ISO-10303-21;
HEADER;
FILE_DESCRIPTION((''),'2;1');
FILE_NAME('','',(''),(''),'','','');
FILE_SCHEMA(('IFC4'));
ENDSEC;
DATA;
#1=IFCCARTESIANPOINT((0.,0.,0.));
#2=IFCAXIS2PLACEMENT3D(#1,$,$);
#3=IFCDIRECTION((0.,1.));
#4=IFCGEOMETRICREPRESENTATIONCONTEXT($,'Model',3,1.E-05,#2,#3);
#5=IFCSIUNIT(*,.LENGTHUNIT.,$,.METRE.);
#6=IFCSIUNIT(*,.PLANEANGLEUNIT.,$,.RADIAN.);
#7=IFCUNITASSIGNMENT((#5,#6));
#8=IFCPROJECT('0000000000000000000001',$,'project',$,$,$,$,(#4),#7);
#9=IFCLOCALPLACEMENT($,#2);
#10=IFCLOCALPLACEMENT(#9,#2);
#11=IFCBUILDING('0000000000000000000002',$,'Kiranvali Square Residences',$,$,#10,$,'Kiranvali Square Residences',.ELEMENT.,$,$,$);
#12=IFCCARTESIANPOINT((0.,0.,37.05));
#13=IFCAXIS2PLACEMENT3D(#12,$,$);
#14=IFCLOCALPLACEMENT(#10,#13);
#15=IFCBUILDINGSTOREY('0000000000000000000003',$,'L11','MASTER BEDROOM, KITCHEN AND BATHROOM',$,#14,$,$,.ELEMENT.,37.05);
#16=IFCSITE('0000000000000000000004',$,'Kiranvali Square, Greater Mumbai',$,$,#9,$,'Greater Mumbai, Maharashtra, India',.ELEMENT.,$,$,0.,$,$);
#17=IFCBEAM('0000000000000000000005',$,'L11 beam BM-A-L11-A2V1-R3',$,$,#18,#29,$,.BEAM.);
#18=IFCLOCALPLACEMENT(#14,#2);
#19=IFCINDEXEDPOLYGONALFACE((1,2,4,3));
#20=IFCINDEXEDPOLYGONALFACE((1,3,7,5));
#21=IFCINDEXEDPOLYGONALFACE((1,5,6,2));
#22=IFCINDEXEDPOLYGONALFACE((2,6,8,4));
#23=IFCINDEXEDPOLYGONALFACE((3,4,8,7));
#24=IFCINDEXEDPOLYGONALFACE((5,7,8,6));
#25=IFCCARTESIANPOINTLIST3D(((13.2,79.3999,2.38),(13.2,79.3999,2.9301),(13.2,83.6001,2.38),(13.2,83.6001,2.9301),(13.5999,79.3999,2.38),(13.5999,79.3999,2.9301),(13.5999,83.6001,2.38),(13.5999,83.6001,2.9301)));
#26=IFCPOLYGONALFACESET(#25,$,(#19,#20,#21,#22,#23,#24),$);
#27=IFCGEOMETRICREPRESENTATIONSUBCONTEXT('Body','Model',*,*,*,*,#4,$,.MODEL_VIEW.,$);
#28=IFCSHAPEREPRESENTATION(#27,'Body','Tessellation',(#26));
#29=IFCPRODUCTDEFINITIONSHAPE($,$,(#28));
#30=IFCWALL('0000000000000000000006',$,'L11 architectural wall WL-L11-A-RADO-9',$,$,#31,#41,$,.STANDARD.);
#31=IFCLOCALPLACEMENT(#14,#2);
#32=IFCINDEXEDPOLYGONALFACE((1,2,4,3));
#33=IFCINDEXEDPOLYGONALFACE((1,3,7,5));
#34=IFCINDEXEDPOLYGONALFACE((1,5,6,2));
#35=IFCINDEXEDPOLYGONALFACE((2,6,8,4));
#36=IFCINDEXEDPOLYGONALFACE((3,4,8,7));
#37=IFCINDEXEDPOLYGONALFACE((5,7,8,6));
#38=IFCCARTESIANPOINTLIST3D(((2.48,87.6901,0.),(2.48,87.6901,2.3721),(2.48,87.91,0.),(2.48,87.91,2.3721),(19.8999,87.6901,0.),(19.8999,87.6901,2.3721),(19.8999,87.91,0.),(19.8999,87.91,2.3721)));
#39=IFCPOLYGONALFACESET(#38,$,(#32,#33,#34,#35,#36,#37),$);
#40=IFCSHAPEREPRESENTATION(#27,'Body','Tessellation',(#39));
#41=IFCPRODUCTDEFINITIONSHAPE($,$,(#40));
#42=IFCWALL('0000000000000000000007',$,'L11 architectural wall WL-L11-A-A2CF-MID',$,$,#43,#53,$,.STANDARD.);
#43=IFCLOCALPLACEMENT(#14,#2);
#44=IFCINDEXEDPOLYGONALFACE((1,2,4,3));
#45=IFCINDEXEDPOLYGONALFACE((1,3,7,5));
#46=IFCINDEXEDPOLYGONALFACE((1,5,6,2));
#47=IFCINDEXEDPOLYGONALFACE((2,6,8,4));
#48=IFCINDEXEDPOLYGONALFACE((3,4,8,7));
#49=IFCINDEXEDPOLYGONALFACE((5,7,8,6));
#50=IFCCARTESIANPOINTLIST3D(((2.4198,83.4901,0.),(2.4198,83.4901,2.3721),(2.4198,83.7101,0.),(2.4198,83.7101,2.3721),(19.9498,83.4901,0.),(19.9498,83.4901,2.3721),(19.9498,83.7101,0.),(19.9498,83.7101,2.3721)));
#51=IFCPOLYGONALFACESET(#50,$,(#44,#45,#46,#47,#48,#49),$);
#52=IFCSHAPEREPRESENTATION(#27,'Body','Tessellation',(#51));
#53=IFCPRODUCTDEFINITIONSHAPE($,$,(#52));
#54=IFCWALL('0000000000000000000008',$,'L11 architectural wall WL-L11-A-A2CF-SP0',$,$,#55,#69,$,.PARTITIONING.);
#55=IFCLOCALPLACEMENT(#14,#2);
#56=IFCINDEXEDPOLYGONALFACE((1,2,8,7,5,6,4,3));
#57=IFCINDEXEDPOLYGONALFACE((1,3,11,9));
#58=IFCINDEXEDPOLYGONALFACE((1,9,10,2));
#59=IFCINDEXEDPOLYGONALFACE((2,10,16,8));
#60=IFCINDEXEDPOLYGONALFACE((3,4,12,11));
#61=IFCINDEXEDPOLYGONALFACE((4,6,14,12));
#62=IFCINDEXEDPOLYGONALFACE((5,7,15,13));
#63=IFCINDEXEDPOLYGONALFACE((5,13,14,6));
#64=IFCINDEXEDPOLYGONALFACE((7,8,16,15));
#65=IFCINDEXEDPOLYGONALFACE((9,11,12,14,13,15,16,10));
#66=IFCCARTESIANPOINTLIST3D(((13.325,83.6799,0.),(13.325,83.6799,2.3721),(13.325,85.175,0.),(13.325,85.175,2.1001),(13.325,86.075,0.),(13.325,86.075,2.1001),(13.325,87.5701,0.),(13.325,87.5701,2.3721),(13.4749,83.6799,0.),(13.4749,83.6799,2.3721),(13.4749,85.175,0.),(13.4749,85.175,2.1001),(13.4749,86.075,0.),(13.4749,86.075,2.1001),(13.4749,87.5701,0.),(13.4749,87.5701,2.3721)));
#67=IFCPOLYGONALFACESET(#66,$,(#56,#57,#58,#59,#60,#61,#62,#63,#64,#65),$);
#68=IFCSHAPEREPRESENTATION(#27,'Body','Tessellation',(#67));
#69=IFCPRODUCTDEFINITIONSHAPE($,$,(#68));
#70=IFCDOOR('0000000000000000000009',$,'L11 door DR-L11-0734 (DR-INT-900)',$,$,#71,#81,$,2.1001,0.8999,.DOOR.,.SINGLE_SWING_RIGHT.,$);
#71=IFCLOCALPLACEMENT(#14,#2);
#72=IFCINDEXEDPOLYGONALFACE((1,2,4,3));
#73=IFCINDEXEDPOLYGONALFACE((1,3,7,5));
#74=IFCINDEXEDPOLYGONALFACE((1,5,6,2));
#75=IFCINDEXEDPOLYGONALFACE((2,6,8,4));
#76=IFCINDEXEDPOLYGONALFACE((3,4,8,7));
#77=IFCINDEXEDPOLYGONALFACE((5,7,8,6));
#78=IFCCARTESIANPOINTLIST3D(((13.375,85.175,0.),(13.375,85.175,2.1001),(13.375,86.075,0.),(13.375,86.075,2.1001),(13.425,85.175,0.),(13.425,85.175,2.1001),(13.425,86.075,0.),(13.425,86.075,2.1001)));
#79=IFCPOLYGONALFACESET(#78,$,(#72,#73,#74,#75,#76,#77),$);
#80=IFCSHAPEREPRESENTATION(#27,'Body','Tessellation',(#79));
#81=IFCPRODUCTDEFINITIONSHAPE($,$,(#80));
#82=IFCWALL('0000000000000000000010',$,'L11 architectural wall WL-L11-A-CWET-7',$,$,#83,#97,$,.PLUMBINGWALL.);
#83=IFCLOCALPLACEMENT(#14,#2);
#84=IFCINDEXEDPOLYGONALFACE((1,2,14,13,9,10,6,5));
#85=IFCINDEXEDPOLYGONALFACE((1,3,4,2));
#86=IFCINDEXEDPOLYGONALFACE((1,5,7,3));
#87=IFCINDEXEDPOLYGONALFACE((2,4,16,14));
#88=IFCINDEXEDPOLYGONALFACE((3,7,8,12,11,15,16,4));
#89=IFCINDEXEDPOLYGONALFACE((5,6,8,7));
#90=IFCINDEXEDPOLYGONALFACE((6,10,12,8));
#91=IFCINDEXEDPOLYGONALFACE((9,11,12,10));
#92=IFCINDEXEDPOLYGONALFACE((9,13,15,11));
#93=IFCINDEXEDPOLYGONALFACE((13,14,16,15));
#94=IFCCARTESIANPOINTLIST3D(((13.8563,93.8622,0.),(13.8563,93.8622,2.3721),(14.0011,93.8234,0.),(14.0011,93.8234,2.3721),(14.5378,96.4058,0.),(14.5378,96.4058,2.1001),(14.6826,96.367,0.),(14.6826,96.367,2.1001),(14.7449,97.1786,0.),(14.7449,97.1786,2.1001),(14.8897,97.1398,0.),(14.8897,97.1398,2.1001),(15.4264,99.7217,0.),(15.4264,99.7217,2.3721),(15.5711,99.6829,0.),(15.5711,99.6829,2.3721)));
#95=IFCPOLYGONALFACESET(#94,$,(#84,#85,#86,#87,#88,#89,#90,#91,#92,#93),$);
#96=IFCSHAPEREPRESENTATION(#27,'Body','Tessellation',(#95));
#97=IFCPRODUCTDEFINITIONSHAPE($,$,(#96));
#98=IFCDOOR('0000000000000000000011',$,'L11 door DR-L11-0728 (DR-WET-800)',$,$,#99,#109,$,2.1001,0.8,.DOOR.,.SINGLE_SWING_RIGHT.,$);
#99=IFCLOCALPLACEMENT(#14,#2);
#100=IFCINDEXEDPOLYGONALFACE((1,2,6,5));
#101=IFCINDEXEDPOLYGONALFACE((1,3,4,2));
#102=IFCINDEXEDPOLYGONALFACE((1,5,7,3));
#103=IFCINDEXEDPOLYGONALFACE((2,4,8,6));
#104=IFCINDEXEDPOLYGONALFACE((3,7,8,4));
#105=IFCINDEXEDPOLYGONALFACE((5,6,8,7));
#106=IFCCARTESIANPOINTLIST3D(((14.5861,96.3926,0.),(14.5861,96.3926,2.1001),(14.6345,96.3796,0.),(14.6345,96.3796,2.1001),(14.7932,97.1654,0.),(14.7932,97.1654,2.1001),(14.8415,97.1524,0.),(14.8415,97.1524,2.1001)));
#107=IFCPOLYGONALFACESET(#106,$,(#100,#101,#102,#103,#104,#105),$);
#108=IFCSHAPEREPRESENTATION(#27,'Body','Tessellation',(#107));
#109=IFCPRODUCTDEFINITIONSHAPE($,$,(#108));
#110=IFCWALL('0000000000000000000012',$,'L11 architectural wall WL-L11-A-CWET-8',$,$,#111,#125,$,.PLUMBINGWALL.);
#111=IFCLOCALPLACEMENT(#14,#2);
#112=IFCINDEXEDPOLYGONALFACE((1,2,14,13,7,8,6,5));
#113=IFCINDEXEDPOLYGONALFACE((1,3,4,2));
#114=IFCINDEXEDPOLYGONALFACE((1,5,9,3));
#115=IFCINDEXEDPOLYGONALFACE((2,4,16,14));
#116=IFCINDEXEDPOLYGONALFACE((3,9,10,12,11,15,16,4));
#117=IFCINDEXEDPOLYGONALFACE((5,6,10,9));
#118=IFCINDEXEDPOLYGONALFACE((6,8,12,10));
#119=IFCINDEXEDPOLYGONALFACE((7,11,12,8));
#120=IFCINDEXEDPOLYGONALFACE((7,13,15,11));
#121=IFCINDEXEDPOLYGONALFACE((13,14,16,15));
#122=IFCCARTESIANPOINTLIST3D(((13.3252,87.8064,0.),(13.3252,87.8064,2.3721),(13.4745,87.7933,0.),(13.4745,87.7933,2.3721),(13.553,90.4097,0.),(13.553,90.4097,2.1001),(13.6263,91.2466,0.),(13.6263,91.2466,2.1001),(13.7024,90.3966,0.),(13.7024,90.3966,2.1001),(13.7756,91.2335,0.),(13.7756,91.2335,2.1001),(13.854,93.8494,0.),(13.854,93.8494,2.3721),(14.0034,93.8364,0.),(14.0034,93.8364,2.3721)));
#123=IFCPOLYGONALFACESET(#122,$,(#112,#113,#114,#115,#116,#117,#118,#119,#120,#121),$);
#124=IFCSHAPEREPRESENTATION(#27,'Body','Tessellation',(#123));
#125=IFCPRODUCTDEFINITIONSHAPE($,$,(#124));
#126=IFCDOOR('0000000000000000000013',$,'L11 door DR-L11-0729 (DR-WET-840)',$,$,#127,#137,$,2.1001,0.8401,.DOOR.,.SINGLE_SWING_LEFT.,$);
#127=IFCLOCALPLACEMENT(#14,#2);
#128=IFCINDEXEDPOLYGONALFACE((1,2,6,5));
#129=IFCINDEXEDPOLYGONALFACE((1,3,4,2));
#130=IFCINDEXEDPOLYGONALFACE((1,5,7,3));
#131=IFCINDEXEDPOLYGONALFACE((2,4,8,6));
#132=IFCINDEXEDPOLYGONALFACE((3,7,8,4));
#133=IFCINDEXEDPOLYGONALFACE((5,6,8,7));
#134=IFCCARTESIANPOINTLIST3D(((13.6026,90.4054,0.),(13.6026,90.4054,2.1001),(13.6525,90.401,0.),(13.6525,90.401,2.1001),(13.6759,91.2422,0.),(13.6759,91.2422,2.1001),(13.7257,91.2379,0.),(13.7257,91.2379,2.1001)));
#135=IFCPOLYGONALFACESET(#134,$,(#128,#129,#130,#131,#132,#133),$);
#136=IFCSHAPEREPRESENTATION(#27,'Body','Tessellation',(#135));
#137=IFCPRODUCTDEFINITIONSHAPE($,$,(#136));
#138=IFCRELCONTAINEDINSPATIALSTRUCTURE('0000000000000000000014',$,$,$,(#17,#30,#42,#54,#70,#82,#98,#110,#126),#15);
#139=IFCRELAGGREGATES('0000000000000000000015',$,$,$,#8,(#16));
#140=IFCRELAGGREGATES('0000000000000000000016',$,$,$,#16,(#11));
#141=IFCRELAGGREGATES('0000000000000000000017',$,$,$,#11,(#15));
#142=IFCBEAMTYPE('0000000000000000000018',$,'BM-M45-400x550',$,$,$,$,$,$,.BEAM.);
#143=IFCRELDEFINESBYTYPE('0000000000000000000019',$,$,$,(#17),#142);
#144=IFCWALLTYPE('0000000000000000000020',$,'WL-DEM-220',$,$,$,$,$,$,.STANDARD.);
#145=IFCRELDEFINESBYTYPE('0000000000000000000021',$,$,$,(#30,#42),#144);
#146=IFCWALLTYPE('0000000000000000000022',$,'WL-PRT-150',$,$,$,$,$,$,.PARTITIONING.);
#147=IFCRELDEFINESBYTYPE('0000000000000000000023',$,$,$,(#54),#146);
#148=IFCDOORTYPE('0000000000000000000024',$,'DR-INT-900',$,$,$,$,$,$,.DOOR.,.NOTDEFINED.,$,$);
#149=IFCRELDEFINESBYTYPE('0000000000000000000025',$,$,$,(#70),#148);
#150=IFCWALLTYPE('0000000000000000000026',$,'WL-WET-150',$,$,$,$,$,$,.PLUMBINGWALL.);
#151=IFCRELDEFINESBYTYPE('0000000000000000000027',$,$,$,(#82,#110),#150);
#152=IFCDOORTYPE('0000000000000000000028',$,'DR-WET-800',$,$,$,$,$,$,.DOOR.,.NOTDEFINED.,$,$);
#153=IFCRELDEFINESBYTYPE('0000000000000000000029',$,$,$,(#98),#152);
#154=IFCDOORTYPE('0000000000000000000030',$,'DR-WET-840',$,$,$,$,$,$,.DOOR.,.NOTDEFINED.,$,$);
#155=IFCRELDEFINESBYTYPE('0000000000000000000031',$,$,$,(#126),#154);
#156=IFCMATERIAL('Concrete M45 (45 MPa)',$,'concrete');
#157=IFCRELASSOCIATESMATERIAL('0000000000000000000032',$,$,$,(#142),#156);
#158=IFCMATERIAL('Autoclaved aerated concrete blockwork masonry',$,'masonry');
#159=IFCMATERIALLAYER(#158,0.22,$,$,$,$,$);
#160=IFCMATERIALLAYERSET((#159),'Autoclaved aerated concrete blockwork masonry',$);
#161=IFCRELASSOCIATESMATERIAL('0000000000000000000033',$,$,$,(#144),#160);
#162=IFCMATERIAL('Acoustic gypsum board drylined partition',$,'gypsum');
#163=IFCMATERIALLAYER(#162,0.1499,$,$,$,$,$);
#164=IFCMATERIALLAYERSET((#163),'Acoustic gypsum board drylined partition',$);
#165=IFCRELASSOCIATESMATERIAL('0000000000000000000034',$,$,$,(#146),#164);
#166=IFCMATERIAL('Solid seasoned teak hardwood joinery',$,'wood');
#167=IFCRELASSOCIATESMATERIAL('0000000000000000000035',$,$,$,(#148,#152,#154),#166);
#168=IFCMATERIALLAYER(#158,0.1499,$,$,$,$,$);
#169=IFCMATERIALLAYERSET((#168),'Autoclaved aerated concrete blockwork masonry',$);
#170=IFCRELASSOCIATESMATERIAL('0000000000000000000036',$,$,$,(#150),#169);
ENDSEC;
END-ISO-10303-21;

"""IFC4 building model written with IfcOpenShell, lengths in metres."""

from ifc_helpers import new_model, si_unit, direction, frame, frame_2d, origin, origin_2d, place, context, subcontext, project, spatial, rectangle, extrude, material, layer, layer_set, material_profile, profile_set, type_object, element, fill, save


model = new_model("IFC4")

# Units and contexts
model_context = context("Model", 3, precision=1e-05, world=origin(), true_north=direction((0.0, 1.0)))
body_context = subcontext(model_context, "Body", "Model", "MODEL_VIEW")
ifc_project = project(units=[si_unit("LENGTHUNIT", "METRE"), si_unit("PLANEANGLEUNIT", "RADIAN")], contexts=[model_context])

# Site, building, storey
site_placement = place(None, origin())
site = spatial("IfcSite", under=ifc_project, at=site_placement, Name="Kiranvali Square, Greater Mumbai", LongName="Greater Mumbai, Maharashtra, India", CompositionType="ELEMENT", RefElevation=0.0)
building_placement = place(site_placement, origin())
building = spatial("IfcBuilding", under=site, at=building_placement, Name="Kiranvali Square Residences", LongName="Kiranvali Square Residences", CompositionType="ELEMENT")
storey_placement = place(building_placement, frame((0.0, 0.0, 37.05)))
storey = spatial("IfcBuildingStorey", under=building, at=storey_placement, Name="L11", Description="MASTER BEDROOM, KITCHEN AND BATHROOM", CompositionType="ELEMENT", Elevation=37.05)

# Beam
ifc_material_1 = material(Name="Concrete M45 (45 MPa)", Category="concrete")
ifc_material_profile_1 = material_profile(ifc_material_1, rectangle(XDim=0.3999, YDim=0.55, at=origin_2d()), Name="RC 400x550")
ifc_profile_set_1 = profile_set([ifc_material_profile_1], Name="Concrete M45 (45 MPa)")
beam_type_1 = type_object("IfcBeamType", Name="BM-M45-400x550", PredefinedType="BEAM", material=ifc_profile_set_1)
beam_1_placement = place(storey_placement, frame((13.3999, 83.6001, 2.655), z_axis=(0.0, -1.0, 0.0), x_axis=(1.0, 0.0, 0.0)))
element("IfcBeam", 1, at=beam_1_placement, inside=storey, type_object=beam_type_1, Name="L11 beam BM-A-L11-A2V1-R3", PredefinedType="BEAM", context=body_context, shape_type="SweptSolid", body=[
    extrude(rectangle(XDim=0.3999, YDim=0.55, at=origin_2d()), origin(), (0.0, 0.0, 1.0), 4.2002),
])

# Walls
ifc_material_2 = material(Name="Autoclaved aerated concrete blockwork masonry", Category="masonry")
ifc_layer_1 = layer(ifc_material_2, 0.22)
ifc_layer_set_1 = layer_set([ifc_layer_1], Name="Autoclaved aerated concrete blockwork masonry")
wall_type_1 = type_object("IfcWallType", Name="WL-DEM-220", PredefinedType="STANDARD", material=ifc_layer_set_1)
wall_1_placement = place(storey_placement, frame((19.8999, 87.8, 0.0), z_axis=(0.0, 0.0, 1.0), x_axis=(-1.0, 0.0, 0.0)))
element("IfcWall", 2, at=wall_1_placement, inside=storey, type_object=wall_type_1, Name="L11 architectural wall WL-L11-A-RADO-9", PredefinedType="STANDARD", context=body_context, shape_type="SweptSolid", body=[
    extrude(rectangle(XDim=17.4199, YDim=0.22, at=frame_2d((8.71, 0.0))), origin(), (0.0, 0.0, 1.0), 2.3721),
])
wall_2_placement = place(storey_placement, frame((19.95, 83.6001, 0.0), z_axis=(0.0, 0.0, 1.0), x_axis=(-1.0, 0.0, 0.0)))
element("IfcWall", 3, at=wall_2_placement, inside=storey, type_object=wall_type_1, Name="L11 architectural wall WL-L11-A-A2CF-MID", PredefinedType="STANDARD", context=body_context, shape_type="SweptSolid", body=[
    extrude(rectangle(XDim=17.53, YDim=0.22, at=frame_2d((8.7651, 0.0))), origin(), (0.0, 0.0, 1.0), 2.3721),
])

# Walls, openings, doors
ifc_material_3 = material(Name="Acoustic gypsum board drylined partition", Category="gypsum")
ifc_layer_2 = layer(ifc_material_3, 0.1499)
ifc_layer_set_2 = layer_set([ifc_layer_2], Name="Acoustic gypsum board drylined partition")
wall_type_2 = type_object("IfcWallType", Name="WL-PRT-150", PredefinedType="PARTITIONING", material=ifc_layer_set_2)
wall_3_placement = place(storey_placement, frame((13.3999, 87.5701, 0.0), z_axis=(0.0, 0.0, 1.0), x_axis=(0.0, -1.0, 0.0)))
wall_3 = element("IfcWall", 4, at=wall_3_placement, inside=storey, type_object=wall_type_2, Name="L11 architectural wall WL-L11-A-A2CF-SP0", PredefinedType="PARTITIONING", context=body_context, shape_type="SweptSolid", body=[
    extrude(rectangle(XDim=3.8901, YDim=0.1499, at=frame_2d((1.9451, 0.0))), origin(), (0.0, 0.0, 1.0), 2.3721),
])
opening_1_placement = place(wall_3_placement, frame((1.4951, 0.0, 0.0)))
opening_1 = element("IfcOpeningElement", 5, at=opening_1_placement, cuts=wall_3, PredefinedType="OPENING", context=body_context, shape_type="SweptSolid", body=[
    extrude(rectangle(XDim=0.8999, YDim=2.1001, at=frame_2d((0.45, 1.05))), frame((0.0, 0.085, 0.0), z_axis=(0.0, -1.0, 0.0), x_axis=(1.0, 0.0, 0.0)), (0.0, 0.0, 1.0), 0.1699),
])
ifc_material_4 = material(Name="Solid seasoned teak hardwood joinery", Category="wood")
door_type_1 = type_object("IfcDoorType", Name="DR-INT-900", OperationType="NOTDEFINED", PredefinedType="DOOR", material=ifc_material_4)
door_1_placement = place(opening_1_placement, frame((0.8999, 0.0, 0.0), z_axis=(0.0, 0.0, 1.0), x_axis=(-1.0, 0.0, 0.0)))
door_1 = element("IfcDoor", 6, at=door_1_placement, inside=storey, type_object=door_type_1, Name="L11 door DR-L11-0734 (DR-INT-900)", OperationType="SINGLE_SWING_RIGHT", OverallHeight=2.1001, OverallWidth=0.8999, PredefinedType="DOOR", context=body_context, shape_type="SweptSolid", body=[
    extrude(rectangle(XDim=0.8999, YDim=2.1001, at=frame_2d((0.45, 1.05))), frame((0.0, 0.0249, 0.0), z_axis=(0.0, -1.0, 0.0), x_axis=(1.0, 0.0, 0.0)), (0.0, 0.0, 1.0), 0.05),
])
fill(opening_1, door_1)
ifc_layer_3 = layer(ifc_material_2, 0.1499)
ifc_layer_set_3 = layer_set([ifc_layer_3], Name="Autoclaved aerated concrete blockwork masonry")
wall_type_3 = type_object("IfcWallType", Name="WL-WET-150", PredefinedType="PLUMBINGWALL", material=ifc_layer_set_3)
wall_4_placement = place(storey_placement, frame((15.4988, 99.7024, 0.0), z_axis=(0.0, 0.0, 1.0), x_axis=(-0.258827, -0.965924, 0.0)))
wall_4 = element("IfcWall", 7, at=wall_4_placement, inside=storey, type_object=wall_type_3, Name="L11 architectural wall WL-L11-A-CWET-7", PredefinedType="PLUMBINGWALL", context=body_context, shape_type="SweptSolid", body=[
    extrude(rectangle(XDim=6.0662, YDim=0.1499, at=frame_2d((3.0332, 0.0))), origin(), (0.0, 0.0, 1.0), 2.3721),
])
opening_2_placement = place(wall_4_placement, frame((2.6331, 0.0, 0.0)))
opening_2 = element("IfcOpeningElement", 8, at=opening_2_placement, cuts=wall_4, PredefinedType="OPENING", context=body_context, shape_type="SweptSolid", body=[
    extrude(rectangle(XDim=0.8, YDim=2.1001, at=frame_2d((0.3999, 1.05))), frame((0.0, 0.085, 0.0), z_axis=(0.0, -1.0, 0.0), x_axis=(1.0, 0.0, 0.0)), (0.0, 0.0, 1.0), 0.1699),
])
door_type_2 = type_object("IfcDoorType", Name="DR-WET-800", OperationType="NOTDEFINED", PredefinedType="DOOR", material=ifc_material_4)
door_2_placement = place(opening_2_placement, frame((0.8, 0.0, 0.0), z_axis=(0.0, 0.0, 1.0), x_axis=(-1.0, 0.0, 0.0)))
door_2 = element("IfcDoor", 9, at=door_2_placement, inside=storey, type_object=door_type_2, Name="L11 door DR-L11-0728 (DR-WET-800)", OperationType="SINGLE_SWING_RIGHT", OverallHeight=2.1001, OverallWidth=0.8, PredefinedType="DOOR", context=body_context, shape_type="SweptSolid", body=[
    extrude(rectangle(XDim=0.8, YDim=2.1001, at=frame_2d((0.3999, 1.05))), frame((0.0, 0.0249, 0.0), z_axis=(0.0, -1.0, 0.0), x_axis=(1.0, 0.0, 0.0)), (0.0, 0.0, 1.0), 0.05),
])
fill(opening_2, door_2)
wall_5_placement = place(storey_placement, frame((13.9287, 93.843, 0.0), z_axis=(0.0, 0.0, 1.0), x_axis=(-0.087175, -0.996193, 0.0)))
wall_5 = element("IfcWall", 10, at=wall_5_placement, inside=storey, type_object=wall_type_3, Name="L11 architectural wall WL-L11-A-CWET-8", PredefinedType="PLUMBINGWALL", context=body_context, shape_type="SweptSolid", body=[
    extrude(rectangle(XDim=6.0662, YDim=0.1499, at=frame_2d((3.0332, 0.0))), origin(), (0.0, 0.0, 1.0), 2.3721),
])
opening_3_placement = place(wall_5_placement, frame((2.613, 0.0, 0.0)))
opening_3 = element("IfcOpeningElement", 11, at=opening_3_placement, cuts=wall_5, PredefinedType="OPENING", context=body_context, shape_type="SweptSolid", body=[
    extrude(rectangle(XDim=0.8401, YDim=2.1001, at=frame_2d((0.4199, 1.05))), frame((0.0, 0.085, 0.0), z_axis=(0.0, -1.0, 0.0), x_axis=(1.0, 0.0, 0.0)), (0.0, 0.0, 1.0), 0.1699),
])
door_type_3 = type_object("IfcDoorType", Name="DR-WET-840", OperationType="NOTDEFINED", PredefinedType="DOOR", material=ifc_material_4)
door_3_placement = place(opening_3_placement, origin())
door_3 = element("IfcDoor", 12, at=door_3_placement, inside=storey, type_object=door_type_3, Name="L11 door DR-L11-0729 (DR-WET-840)", OperationType="SINGLE_SWING_LEFT", OverallHeight=2.1001, OverallWidth=0.8401, PredefinedType="DOOR", context=body_context, shape_type="SweptSolid", body=[
    extrude(rectangle(XDim=0.8401, YDim=2.1001, at=frame_2d((0.4199, 1.05))), frame((0.0, 0.0249, 0.0), z_axis=(0.0, -1.0, 0.0), x_axis=(1.0, 0.0, 0.0)), (0.0, 0.0, 1.0), 0.05),
])
fill(opening_3, door_3)

save(model, "model.ifc")
